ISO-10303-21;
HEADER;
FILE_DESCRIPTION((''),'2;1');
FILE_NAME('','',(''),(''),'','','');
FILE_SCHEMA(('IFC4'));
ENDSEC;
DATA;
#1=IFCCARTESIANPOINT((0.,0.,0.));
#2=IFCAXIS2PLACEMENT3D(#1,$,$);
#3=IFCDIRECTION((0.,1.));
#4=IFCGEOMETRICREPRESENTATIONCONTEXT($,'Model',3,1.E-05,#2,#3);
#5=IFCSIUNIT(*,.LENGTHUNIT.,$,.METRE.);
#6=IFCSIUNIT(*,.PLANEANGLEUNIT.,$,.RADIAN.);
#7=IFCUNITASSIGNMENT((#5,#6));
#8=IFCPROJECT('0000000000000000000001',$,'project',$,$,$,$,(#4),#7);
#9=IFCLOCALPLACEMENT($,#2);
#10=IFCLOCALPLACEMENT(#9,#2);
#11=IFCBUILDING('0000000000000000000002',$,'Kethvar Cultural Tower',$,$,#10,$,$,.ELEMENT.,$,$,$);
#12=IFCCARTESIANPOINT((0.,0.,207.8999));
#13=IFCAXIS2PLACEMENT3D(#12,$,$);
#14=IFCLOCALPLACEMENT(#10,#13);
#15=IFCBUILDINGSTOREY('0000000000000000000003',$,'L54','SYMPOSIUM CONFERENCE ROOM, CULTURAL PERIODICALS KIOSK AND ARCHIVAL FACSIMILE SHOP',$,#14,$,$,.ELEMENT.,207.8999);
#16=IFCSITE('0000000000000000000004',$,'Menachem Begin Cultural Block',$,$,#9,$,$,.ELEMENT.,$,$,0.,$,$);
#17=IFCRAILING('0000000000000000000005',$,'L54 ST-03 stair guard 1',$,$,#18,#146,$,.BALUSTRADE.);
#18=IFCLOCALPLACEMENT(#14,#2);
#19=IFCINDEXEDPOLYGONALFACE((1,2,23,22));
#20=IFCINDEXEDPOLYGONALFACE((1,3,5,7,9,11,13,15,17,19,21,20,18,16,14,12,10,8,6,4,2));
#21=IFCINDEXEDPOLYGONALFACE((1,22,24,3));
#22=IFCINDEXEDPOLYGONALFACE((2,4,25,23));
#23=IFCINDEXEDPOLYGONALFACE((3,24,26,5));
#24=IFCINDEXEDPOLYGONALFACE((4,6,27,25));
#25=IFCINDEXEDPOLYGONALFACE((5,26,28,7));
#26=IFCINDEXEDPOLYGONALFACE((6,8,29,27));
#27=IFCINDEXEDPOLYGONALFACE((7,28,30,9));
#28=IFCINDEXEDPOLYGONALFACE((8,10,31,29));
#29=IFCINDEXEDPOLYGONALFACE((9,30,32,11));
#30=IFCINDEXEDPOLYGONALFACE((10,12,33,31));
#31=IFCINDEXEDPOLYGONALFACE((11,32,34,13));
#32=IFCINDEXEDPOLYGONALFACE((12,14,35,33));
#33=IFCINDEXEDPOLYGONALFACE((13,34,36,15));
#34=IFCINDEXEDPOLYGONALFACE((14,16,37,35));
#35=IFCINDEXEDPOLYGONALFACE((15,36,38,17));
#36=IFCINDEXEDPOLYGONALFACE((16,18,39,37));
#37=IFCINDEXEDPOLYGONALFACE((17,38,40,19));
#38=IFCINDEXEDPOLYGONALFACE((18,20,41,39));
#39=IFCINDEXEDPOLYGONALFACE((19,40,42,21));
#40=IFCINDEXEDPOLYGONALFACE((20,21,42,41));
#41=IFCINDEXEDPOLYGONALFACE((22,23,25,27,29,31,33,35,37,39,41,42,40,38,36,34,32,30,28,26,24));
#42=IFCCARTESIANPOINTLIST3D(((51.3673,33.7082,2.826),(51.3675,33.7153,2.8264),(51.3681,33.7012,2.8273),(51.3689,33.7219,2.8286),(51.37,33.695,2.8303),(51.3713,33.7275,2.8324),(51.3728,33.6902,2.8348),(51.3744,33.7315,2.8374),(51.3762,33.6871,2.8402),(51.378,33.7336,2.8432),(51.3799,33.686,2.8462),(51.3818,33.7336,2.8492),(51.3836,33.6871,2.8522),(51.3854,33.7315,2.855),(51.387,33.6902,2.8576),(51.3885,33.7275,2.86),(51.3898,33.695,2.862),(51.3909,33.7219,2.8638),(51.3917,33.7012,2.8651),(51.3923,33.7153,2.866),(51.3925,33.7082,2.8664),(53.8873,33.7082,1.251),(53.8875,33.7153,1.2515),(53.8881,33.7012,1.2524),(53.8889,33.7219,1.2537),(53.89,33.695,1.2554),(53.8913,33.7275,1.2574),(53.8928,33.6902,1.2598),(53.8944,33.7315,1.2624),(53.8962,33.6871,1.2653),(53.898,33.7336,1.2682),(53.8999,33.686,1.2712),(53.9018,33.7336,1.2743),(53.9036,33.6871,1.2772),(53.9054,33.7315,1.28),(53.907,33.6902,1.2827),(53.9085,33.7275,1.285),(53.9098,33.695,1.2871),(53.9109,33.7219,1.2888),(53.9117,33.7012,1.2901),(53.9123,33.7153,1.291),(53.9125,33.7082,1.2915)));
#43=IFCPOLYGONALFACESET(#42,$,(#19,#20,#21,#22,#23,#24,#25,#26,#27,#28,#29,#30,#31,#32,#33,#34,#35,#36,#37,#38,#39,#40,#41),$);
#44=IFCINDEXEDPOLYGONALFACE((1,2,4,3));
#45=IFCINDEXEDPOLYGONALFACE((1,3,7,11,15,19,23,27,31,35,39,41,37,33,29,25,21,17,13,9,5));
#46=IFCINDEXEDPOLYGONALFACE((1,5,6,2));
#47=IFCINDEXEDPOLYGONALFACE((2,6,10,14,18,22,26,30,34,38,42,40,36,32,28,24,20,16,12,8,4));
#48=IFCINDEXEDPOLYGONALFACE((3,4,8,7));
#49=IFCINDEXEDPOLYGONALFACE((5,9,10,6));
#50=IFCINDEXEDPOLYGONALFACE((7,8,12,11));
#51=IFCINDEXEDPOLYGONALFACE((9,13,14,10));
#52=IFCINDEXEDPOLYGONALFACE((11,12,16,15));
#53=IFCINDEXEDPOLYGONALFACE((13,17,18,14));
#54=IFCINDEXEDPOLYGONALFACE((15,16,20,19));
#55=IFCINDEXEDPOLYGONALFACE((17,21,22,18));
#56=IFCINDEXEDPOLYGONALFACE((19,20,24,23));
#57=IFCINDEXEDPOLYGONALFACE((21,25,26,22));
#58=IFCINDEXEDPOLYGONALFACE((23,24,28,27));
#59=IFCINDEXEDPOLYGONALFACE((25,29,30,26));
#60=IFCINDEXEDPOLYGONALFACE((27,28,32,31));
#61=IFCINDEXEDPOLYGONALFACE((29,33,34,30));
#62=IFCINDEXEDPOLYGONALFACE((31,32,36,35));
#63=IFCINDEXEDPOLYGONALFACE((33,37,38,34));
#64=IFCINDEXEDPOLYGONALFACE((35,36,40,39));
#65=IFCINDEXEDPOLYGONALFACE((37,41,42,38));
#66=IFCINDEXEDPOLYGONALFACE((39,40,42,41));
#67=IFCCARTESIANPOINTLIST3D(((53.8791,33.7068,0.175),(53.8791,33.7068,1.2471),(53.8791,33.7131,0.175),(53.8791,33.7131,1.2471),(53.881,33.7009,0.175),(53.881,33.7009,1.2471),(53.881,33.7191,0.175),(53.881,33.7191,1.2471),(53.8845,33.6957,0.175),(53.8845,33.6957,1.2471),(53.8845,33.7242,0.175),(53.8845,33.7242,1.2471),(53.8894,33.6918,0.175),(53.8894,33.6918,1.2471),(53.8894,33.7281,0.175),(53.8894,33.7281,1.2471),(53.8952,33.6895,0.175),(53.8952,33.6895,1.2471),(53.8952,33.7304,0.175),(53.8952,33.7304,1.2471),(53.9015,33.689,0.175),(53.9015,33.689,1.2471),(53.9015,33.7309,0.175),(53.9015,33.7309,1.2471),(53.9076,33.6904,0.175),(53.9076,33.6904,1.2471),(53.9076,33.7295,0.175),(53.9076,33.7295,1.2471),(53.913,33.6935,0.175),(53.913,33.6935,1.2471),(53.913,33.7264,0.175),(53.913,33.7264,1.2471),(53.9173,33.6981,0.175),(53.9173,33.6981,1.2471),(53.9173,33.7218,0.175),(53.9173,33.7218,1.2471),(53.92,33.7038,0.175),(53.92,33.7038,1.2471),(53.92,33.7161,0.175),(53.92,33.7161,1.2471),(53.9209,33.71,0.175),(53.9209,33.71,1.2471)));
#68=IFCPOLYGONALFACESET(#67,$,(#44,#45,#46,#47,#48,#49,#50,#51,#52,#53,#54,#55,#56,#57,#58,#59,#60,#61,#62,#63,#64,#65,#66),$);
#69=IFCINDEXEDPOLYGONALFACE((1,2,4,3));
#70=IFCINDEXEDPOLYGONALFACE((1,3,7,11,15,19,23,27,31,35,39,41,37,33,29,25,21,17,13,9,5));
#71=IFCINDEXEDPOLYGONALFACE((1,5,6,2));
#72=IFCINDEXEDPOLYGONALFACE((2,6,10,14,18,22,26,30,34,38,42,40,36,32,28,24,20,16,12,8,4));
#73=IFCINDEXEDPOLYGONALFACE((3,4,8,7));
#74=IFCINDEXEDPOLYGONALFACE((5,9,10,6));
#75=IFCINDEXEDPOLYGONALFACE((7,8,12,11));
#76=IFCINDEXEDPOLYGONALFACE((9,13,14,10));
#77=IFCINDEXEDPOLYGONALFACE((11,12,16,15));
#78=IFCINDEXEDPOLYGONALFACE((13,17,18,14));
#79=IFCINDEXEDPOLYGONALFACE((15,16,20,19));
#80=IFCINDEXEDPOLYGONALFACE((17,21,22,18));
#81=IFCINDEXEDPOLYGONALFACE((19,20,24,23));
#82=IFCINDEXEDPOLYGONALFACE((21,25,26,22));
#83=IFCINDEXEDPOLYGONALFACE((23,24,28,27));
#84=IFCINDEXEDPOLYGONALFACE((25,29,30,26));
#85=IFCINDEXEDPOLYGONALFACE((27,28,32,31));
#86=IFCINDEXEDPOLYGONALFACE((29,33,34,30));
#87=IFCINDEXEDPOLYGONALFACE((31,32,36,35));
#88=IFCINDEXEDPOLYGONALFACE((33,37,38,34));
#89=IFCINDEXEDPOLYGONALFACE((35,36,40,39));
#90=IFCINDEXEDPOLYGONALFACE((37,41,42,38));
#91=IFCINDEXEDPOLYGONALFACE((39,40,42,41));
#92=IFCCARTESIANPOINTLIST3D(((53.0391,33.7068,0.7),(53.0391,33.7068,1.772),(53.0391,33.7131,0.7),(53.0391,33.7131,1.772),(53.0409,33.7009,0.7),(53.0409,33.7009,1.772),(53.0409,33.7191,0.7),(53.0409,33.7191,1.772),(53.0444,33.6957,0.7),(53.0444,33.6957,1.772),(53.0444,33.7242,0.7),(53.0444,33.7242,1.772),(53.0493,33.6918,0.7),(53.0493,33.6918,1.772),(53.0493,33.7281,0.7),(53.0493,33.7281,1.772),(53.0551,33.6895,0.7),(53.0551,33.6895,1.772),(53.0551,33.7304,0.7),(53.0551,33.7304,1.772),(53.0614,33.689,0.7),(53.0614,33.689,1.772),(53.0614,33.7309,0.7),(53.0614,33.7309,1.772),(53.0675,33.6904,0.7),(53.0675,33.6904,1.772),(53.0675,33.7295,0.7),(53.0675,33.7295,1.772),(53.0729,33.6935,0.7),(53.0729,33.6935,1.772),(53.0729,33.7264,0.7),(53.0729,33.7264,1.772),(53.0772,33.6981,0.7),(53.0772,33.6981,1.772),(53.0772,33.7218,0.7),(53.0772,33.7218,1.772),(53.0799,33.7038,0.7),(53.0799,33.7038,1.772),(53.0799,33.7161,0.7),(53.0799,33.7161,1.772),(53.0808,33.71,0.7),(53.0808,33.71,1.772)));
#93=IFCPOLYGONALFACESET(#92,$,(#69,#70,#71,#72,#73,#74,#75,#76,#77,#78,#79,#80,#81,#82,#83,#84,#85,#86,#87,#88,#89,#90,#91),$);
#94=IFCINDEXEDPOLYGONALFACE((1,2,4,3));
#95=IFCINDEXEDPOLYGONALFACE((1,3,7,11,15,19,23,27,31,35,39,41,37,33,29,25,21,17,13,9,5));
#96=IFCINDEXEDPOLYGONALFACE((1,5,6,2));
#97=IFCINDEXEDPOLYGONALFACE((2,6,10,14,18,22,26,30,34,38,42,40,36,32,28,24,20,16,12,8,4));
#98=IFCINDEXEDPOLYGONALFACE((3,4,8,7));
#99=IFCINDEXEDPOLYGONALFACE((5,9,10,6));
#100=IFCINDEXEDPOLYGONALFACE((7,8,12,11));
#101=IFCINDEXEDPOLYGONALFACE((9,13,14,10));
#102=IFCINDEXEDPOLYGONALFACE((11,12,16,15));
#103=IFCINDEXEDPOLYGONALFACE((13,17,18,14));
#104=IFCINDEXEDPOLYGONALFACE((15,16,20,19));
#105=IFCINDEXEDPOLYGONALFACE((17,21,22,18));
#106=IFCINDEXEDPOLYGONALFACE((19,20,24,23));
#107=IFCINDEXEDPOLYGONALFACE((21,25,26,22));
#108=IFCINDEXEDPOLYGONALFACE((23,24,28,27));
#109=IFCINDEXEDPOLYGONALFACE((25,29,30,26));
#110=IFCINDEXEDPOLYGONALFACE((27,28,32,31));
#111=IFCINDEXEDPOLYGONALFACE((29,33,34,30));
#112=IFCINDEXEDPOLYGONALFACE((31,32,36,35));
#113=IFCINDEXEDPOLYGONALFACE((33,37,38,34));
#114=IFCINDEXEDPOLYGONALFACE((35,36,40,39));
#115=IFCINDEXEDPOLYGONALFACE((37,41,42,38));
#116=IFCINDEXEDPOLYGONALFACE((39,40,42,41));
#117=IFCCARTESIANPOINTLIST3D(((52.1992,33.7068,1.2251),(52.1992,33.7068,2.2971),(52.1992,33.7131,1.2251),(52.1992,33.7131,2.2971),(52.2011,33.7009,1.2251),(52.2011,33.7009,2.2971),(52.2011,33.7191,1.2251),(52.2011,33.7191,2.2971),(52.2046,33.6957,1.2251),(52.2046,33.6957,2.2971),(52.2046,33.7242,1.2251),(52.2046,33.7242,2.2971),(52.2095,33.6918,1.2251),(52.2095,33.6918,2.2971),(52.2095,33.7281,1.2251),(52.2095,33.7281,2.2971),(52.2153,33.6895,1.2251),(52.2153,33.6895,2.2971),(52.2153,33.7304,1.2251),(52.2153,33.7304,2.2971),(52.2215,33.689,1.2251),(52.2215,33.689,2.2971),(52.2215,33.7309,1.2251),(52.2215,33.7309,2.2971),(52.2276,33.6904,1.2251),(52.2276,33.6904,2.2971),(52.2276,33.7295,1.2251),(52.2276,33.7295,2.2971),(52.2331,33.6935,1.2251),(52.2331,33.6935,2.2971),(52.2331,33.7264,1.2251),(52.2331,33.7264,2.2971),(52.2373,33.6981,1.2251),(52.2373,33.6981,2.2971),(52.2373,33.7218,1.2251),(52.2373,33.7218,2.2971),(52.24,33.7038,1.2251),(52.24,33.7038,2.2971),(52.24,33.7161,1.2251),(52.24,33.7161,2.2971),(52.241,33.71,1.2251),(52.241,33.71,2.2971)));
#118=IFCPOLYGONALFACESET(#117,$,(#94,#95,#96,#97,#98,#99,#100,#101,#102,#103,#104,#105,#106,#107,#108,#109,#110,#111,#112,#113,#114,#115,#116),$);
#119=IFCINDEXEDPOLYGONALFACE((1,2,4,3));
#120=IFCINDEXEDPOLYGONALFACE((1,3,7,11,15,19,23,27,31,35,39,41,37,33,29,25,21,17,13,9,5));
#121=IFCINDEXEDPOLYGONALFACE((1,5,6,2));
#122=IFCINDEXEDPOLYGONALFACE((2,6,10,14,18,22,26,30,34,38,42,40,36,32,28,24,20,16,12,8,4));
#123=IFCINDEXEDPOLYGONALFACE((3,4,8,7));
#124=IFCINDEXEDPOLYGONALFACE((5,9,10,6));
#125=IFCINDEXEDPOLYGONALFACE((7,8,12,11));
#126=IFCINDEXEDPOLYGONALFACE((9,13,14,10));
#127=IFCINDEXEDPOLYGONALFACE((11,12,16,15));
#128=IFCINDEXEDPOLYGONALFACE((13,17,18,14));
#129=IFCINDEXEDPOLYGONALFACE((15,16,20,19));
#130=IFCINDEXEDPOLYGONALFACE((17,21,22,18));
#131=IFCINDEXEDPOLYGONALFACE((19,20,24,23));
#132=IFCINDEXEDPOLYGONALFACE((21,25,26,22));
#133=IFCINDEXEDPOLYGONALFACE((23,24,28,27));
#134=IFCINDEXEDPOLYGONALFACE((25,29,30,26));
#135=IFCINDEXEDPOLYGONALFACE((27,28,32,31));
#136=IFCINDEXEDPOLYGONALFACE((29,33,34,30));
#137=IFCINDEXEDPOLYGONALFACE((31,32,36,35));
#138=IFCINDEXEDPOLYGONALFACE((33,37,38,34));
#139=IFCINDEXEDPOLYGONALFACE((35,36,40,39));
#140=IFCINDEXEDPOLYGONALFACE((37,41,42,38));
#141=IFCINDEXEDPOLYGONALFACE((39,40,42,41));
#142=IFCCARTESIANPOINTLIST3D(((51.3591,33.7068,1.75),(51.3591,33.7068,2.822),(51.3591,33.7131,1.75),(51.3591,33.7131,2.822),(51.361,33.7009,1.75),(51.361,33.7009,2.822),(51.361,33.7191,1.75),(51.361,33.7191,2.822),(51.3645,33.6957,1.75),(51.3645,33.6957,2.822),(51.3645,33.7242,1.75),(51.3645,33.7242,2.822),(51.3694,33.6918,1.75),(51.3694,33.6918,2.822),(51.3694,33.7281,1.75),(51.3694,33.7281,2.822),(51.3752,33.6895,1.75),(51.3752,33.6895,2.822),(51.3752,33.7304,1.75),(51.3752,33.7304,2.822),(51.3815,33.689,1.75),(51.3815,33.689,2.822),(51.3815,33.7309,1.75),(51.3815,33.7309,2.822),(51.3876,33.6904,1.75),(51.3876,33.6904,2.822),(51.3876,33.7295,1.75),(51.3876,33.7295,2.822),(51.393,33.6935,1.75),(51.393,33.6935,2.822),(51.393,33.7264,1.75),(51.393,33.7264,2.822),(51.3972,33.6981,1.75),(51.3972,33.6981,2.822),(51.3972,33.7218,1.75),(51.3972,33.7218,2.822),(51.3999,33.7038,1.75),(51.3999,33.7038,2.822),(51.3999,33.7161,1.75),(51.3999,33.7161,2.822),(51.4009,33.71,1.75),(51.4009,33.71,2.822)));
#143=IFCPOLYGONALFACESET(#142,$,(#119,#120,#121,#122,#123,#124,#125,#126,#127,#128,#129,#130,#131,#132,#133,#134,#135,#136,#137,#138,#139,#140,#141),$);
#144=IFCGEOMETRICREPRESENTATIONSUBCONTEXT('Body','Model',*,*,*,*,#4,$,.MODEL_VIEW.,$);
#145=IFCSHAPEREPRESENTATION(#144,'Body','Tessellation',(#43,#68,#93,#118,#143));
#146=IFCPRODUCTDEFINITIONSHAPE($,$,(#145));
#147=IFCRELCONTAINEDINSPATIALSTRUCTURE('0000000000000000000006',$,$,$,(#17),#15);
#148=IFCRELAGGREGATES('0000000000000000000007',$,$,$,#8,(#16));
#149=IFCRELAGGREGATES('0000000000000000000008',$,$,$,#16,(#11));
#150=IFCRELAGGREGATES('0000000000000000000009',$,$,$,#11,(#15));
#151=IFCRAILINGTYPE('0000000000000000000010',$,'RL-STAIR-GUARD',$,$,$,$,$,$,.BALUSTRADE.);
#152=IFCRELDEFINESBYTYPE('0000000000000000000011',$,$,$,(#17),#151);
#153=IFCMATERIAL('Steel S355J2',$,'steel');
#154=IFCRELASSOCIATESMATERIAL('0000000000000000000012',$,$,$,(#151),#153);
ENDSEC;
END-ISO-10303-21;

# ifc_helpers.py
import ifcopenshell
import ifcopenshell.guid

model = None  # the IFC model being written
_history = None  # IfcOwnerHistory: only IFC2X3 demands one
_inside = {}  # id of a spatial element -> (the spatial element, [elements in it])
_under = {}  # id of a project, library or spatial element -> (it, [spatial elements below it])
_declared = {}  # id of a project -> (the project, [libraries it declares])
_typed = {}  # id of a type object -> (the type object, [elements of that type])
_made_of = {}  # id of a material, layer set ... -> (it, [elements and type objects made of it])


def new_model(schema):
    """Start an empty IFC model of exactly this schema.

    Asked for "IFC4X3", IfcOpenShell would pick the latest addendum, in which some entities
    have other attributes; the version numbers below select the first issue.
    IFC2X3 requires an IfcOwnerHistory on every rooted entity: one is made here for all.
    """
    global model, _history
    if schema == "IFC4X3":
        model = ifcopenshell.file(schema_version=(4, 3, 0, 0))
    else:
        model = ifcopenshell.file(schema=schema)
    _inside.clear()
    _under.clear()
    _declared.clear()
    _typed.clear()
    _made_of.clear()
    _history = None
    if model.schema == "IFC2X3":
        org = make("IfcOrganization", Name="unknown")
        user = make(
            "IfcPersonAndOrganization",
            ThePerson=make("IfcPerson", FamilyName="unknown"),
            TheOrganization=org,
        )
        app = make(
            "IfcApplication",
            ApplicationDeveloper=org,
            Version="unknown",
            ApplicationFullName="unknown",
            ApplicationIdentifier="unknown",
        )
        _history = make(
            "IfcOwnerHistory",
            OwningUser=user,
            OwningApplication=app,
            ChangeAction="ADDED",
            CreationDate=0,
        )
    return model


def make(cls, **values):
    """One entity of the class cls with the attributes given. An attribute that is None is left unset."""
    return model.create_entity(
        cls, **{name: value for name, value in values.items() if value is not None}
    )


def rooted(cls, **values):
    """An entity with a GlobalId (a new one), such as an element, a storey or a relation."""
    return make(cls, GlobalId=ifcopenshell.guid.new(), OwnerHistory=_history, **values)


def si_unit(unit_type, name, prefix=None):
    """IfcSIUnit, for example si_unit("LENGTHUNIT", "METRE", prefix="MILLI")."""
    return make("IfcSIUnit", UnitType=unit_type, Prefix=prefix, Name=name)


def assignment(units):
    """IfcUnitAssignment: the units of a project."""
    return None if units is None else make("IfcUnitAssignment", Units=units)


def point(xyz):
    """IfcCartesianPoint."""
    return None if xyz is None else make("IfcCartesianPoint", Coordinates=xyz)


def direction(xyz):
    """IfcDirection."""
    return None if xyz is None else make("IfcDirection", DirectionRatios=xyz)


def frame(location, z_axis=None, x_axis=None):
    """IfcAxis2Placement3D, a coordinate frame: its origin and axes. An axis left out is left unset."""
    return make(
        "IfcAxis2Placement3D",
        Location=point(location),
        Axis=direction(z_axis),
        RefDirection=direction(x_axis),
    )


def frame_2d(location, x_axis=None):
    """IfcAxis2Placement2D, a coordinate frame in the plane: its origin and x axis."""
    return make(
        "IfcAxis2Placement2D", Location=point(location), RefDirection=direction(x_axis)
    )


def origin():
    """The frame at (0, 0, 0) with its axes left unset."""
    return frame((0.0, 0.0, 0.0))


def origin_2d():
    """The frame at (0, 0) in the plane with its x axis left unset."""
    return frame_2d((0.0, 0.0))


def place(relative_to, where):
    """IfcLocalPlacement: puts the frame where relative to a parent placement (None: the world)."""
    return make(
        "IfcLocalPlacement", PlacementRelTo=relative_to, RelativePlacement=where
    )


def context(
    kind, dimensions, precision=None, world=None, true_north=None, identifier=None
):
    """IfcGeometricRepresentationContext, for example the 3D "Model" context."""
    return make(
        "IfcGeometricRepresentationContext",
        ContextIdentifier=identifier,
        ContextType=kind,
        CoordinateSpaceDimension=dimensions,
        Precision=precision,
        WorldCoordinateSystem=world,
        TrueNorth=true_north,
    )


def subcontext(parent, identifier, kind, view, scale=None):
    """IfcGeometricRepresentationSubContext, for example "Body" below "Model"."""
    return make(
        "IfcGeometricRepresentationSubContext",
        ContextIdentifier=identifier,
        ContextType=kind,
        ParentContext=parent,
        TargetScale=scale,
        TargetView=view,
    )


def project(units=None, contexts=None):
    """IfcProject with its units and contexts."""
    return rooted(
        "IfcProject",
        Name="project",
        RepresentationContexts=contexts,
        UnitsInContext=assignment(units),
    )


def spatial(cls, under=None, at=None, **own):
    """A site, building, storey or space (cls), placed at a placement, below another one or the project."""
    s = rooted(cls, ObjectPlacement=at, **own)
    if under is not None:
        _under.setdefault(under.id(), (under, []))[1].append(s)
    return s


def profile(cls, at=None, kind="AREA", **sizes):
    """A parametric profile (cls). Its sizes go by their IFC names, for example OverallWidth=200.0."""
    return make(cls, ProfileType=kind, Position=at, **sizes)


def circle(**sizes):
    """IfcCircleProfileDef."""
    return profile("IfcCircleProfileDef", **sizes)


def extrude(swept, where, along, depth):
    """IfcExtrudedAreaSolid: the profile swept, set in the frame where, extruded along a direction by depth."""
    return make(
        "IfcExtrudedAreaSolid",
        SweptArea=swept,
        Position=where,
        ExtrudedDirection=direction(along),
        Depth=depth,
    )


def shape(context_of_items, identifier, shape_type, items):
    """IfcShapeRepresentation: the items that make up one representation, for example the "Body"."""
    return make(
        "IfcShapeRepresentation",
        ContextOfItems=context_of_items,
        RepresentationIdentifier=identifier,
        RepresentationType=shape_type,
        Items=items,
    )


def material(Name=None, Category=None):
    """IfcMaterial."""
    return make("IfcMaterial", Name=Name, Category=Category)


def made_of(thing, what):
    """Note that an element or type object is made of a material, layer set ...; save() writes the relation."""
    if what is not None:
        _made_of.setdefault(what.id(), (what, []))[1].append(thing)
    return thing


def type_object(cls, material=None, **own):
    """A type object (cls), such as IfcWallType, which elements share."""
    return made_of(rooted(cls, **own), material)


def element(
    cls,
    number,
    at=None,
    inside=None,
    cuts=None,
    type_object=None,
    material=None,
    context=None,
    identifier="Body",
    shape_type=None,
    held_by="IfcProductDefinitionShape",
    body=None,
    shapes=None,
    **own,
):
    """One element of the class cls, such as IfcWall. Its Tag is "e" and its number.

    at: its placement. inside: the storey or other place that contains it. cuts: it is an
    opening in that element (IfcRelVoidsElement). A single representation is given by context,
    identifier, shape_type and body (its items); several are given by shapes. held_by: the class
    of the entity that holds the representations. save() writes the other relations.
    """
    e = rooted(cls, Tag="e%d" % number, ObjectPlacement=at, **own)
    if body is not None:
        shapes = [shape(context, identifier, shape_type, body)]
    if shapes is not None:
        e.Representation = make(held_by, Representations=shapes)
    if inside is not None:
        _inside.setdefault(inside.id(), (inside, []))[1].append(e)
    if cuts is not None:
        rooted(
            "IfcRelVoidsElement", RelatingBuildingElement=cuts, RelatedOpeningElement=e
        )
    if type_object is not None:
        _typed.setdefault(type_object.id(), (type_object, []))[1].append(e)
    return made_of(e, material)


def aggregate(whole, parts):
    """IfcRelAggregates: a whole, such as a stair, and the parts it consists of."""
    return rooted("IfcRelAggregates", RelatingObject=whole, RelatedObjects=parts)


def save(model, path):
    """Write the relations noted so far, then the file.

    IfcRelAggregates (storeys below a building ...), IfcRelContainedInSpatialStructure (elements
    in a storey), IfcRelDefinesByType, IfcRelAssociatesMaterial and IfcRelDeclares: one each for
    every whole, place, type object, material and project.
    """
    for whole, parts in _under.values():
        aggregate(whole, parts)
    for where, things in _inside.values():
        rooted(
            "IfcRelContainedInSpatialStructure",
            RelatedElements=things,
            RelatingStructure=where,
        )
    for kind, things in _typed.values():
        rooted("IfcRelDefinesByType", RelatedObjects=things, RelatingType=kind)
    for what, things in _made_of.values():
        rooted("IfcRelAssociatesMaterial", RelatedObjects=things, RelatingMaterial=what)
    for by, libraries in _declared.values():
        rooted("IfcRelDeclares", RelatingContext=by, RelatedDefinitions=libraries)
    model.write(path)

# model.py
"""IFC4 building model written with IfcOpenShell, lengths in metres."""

from ifc_helpers import new_model, si_unit, direction, frame, origin, origin_2d, place, context, subcontext, project, spatial, circle, extrude, material, type_object, element, save


model = new_model("IFC4")

# Units and contexts
model_context = context("Model", 3, precision=1e-05, world=origin(), true_north=direction((0.0, 1.0)))
body_context = subcontext(model_context, "Body", "Model", "MODEL_VIEW")
ifc_project = project(units=[si_unit("LENGTHUNIT", "METRE"), si_unit("PLANEANGLEUNIT", "RADIAN")], contexts=[model_context])

# Site, building, storey
site_placement = place(None, origin())
site = spatial("IfcSite", under=ifc_project, at=site_placement, Name="Menachem Begin Cultural Block", CompositionType="ELEMENT", RefElevation=0.0)
building_placement = place(site_placement, origin())
building = spatial("IfcBuilding", under=site, at=building_placement, Name="Kethvar Cultural Tower", CompositionType="ELEMENT")
storey_placement = place(building_placement, frame((0.0, 0.0, 207.8999)))
storey = spatial("IfcBuildingStorey", under=building, at=storey_placement, Name="L54", Description="SYMPOSIUM CONFERENCE ROOM, CULTURAL PERIODICALS KIOSK AND ARCHIVAL FACSIMILE SHOP", CompositionType="ELEMENT", Elevation=207.8999)

# Shared definitions
ifc_material_1 = material(Name="Steel S355J2", Category="steel")

# Railing
railing_type_1 = type_object("IfcRailingType", Name="RL-STAIR-GUARD", PredefinedType="BALUSTRADE", material=ifc_material_1)
railing_1_placement = place(storey_placement, frame((53.8999, 33.71, 0.175)))
element("IfcRailing", 1, at=railing_1_placement, inside=storey, type_object=railing_type_1, Name="L54 ST-03 stair guard 1", PredefinedType="BALUSTRADE", context=body_context, shape_type="SweptSolid", body=[
    extrude(circle(Radius=0.0239, at=origin_2d()), frame((0.0, 0.0, 1.0962), z_axis=(-0.848008, 0.0, 0.529984), x_axis=(0.0, -1.0, 0.0)), (0.0, 0.0, 1.0), 2.9717),
    extrude(circle(Radius=0.021, at=origin_2d()), origin(), (0.0, 0.0, 1.0), 1.072),
    extrude(circle(Radius=0.021, at=origin_2d()), frame((-0.8401, 0.0, 0.5249)), (0.0, 0.0, 1.0), 1.072),
    extrude(circle(Radius=0.021, at=origin_2d()), frame((-1.6799, 0.0, 1.05)), (0.0, 0.0, 1.0), 1.072),
    extrude(circle(Radius=0.021, at=origin_2d()), frame((-2.52, 0.0, 1.575)), (0.0, 0.0, 1.0), 1.072),
])

save(model, "model.ifc")
